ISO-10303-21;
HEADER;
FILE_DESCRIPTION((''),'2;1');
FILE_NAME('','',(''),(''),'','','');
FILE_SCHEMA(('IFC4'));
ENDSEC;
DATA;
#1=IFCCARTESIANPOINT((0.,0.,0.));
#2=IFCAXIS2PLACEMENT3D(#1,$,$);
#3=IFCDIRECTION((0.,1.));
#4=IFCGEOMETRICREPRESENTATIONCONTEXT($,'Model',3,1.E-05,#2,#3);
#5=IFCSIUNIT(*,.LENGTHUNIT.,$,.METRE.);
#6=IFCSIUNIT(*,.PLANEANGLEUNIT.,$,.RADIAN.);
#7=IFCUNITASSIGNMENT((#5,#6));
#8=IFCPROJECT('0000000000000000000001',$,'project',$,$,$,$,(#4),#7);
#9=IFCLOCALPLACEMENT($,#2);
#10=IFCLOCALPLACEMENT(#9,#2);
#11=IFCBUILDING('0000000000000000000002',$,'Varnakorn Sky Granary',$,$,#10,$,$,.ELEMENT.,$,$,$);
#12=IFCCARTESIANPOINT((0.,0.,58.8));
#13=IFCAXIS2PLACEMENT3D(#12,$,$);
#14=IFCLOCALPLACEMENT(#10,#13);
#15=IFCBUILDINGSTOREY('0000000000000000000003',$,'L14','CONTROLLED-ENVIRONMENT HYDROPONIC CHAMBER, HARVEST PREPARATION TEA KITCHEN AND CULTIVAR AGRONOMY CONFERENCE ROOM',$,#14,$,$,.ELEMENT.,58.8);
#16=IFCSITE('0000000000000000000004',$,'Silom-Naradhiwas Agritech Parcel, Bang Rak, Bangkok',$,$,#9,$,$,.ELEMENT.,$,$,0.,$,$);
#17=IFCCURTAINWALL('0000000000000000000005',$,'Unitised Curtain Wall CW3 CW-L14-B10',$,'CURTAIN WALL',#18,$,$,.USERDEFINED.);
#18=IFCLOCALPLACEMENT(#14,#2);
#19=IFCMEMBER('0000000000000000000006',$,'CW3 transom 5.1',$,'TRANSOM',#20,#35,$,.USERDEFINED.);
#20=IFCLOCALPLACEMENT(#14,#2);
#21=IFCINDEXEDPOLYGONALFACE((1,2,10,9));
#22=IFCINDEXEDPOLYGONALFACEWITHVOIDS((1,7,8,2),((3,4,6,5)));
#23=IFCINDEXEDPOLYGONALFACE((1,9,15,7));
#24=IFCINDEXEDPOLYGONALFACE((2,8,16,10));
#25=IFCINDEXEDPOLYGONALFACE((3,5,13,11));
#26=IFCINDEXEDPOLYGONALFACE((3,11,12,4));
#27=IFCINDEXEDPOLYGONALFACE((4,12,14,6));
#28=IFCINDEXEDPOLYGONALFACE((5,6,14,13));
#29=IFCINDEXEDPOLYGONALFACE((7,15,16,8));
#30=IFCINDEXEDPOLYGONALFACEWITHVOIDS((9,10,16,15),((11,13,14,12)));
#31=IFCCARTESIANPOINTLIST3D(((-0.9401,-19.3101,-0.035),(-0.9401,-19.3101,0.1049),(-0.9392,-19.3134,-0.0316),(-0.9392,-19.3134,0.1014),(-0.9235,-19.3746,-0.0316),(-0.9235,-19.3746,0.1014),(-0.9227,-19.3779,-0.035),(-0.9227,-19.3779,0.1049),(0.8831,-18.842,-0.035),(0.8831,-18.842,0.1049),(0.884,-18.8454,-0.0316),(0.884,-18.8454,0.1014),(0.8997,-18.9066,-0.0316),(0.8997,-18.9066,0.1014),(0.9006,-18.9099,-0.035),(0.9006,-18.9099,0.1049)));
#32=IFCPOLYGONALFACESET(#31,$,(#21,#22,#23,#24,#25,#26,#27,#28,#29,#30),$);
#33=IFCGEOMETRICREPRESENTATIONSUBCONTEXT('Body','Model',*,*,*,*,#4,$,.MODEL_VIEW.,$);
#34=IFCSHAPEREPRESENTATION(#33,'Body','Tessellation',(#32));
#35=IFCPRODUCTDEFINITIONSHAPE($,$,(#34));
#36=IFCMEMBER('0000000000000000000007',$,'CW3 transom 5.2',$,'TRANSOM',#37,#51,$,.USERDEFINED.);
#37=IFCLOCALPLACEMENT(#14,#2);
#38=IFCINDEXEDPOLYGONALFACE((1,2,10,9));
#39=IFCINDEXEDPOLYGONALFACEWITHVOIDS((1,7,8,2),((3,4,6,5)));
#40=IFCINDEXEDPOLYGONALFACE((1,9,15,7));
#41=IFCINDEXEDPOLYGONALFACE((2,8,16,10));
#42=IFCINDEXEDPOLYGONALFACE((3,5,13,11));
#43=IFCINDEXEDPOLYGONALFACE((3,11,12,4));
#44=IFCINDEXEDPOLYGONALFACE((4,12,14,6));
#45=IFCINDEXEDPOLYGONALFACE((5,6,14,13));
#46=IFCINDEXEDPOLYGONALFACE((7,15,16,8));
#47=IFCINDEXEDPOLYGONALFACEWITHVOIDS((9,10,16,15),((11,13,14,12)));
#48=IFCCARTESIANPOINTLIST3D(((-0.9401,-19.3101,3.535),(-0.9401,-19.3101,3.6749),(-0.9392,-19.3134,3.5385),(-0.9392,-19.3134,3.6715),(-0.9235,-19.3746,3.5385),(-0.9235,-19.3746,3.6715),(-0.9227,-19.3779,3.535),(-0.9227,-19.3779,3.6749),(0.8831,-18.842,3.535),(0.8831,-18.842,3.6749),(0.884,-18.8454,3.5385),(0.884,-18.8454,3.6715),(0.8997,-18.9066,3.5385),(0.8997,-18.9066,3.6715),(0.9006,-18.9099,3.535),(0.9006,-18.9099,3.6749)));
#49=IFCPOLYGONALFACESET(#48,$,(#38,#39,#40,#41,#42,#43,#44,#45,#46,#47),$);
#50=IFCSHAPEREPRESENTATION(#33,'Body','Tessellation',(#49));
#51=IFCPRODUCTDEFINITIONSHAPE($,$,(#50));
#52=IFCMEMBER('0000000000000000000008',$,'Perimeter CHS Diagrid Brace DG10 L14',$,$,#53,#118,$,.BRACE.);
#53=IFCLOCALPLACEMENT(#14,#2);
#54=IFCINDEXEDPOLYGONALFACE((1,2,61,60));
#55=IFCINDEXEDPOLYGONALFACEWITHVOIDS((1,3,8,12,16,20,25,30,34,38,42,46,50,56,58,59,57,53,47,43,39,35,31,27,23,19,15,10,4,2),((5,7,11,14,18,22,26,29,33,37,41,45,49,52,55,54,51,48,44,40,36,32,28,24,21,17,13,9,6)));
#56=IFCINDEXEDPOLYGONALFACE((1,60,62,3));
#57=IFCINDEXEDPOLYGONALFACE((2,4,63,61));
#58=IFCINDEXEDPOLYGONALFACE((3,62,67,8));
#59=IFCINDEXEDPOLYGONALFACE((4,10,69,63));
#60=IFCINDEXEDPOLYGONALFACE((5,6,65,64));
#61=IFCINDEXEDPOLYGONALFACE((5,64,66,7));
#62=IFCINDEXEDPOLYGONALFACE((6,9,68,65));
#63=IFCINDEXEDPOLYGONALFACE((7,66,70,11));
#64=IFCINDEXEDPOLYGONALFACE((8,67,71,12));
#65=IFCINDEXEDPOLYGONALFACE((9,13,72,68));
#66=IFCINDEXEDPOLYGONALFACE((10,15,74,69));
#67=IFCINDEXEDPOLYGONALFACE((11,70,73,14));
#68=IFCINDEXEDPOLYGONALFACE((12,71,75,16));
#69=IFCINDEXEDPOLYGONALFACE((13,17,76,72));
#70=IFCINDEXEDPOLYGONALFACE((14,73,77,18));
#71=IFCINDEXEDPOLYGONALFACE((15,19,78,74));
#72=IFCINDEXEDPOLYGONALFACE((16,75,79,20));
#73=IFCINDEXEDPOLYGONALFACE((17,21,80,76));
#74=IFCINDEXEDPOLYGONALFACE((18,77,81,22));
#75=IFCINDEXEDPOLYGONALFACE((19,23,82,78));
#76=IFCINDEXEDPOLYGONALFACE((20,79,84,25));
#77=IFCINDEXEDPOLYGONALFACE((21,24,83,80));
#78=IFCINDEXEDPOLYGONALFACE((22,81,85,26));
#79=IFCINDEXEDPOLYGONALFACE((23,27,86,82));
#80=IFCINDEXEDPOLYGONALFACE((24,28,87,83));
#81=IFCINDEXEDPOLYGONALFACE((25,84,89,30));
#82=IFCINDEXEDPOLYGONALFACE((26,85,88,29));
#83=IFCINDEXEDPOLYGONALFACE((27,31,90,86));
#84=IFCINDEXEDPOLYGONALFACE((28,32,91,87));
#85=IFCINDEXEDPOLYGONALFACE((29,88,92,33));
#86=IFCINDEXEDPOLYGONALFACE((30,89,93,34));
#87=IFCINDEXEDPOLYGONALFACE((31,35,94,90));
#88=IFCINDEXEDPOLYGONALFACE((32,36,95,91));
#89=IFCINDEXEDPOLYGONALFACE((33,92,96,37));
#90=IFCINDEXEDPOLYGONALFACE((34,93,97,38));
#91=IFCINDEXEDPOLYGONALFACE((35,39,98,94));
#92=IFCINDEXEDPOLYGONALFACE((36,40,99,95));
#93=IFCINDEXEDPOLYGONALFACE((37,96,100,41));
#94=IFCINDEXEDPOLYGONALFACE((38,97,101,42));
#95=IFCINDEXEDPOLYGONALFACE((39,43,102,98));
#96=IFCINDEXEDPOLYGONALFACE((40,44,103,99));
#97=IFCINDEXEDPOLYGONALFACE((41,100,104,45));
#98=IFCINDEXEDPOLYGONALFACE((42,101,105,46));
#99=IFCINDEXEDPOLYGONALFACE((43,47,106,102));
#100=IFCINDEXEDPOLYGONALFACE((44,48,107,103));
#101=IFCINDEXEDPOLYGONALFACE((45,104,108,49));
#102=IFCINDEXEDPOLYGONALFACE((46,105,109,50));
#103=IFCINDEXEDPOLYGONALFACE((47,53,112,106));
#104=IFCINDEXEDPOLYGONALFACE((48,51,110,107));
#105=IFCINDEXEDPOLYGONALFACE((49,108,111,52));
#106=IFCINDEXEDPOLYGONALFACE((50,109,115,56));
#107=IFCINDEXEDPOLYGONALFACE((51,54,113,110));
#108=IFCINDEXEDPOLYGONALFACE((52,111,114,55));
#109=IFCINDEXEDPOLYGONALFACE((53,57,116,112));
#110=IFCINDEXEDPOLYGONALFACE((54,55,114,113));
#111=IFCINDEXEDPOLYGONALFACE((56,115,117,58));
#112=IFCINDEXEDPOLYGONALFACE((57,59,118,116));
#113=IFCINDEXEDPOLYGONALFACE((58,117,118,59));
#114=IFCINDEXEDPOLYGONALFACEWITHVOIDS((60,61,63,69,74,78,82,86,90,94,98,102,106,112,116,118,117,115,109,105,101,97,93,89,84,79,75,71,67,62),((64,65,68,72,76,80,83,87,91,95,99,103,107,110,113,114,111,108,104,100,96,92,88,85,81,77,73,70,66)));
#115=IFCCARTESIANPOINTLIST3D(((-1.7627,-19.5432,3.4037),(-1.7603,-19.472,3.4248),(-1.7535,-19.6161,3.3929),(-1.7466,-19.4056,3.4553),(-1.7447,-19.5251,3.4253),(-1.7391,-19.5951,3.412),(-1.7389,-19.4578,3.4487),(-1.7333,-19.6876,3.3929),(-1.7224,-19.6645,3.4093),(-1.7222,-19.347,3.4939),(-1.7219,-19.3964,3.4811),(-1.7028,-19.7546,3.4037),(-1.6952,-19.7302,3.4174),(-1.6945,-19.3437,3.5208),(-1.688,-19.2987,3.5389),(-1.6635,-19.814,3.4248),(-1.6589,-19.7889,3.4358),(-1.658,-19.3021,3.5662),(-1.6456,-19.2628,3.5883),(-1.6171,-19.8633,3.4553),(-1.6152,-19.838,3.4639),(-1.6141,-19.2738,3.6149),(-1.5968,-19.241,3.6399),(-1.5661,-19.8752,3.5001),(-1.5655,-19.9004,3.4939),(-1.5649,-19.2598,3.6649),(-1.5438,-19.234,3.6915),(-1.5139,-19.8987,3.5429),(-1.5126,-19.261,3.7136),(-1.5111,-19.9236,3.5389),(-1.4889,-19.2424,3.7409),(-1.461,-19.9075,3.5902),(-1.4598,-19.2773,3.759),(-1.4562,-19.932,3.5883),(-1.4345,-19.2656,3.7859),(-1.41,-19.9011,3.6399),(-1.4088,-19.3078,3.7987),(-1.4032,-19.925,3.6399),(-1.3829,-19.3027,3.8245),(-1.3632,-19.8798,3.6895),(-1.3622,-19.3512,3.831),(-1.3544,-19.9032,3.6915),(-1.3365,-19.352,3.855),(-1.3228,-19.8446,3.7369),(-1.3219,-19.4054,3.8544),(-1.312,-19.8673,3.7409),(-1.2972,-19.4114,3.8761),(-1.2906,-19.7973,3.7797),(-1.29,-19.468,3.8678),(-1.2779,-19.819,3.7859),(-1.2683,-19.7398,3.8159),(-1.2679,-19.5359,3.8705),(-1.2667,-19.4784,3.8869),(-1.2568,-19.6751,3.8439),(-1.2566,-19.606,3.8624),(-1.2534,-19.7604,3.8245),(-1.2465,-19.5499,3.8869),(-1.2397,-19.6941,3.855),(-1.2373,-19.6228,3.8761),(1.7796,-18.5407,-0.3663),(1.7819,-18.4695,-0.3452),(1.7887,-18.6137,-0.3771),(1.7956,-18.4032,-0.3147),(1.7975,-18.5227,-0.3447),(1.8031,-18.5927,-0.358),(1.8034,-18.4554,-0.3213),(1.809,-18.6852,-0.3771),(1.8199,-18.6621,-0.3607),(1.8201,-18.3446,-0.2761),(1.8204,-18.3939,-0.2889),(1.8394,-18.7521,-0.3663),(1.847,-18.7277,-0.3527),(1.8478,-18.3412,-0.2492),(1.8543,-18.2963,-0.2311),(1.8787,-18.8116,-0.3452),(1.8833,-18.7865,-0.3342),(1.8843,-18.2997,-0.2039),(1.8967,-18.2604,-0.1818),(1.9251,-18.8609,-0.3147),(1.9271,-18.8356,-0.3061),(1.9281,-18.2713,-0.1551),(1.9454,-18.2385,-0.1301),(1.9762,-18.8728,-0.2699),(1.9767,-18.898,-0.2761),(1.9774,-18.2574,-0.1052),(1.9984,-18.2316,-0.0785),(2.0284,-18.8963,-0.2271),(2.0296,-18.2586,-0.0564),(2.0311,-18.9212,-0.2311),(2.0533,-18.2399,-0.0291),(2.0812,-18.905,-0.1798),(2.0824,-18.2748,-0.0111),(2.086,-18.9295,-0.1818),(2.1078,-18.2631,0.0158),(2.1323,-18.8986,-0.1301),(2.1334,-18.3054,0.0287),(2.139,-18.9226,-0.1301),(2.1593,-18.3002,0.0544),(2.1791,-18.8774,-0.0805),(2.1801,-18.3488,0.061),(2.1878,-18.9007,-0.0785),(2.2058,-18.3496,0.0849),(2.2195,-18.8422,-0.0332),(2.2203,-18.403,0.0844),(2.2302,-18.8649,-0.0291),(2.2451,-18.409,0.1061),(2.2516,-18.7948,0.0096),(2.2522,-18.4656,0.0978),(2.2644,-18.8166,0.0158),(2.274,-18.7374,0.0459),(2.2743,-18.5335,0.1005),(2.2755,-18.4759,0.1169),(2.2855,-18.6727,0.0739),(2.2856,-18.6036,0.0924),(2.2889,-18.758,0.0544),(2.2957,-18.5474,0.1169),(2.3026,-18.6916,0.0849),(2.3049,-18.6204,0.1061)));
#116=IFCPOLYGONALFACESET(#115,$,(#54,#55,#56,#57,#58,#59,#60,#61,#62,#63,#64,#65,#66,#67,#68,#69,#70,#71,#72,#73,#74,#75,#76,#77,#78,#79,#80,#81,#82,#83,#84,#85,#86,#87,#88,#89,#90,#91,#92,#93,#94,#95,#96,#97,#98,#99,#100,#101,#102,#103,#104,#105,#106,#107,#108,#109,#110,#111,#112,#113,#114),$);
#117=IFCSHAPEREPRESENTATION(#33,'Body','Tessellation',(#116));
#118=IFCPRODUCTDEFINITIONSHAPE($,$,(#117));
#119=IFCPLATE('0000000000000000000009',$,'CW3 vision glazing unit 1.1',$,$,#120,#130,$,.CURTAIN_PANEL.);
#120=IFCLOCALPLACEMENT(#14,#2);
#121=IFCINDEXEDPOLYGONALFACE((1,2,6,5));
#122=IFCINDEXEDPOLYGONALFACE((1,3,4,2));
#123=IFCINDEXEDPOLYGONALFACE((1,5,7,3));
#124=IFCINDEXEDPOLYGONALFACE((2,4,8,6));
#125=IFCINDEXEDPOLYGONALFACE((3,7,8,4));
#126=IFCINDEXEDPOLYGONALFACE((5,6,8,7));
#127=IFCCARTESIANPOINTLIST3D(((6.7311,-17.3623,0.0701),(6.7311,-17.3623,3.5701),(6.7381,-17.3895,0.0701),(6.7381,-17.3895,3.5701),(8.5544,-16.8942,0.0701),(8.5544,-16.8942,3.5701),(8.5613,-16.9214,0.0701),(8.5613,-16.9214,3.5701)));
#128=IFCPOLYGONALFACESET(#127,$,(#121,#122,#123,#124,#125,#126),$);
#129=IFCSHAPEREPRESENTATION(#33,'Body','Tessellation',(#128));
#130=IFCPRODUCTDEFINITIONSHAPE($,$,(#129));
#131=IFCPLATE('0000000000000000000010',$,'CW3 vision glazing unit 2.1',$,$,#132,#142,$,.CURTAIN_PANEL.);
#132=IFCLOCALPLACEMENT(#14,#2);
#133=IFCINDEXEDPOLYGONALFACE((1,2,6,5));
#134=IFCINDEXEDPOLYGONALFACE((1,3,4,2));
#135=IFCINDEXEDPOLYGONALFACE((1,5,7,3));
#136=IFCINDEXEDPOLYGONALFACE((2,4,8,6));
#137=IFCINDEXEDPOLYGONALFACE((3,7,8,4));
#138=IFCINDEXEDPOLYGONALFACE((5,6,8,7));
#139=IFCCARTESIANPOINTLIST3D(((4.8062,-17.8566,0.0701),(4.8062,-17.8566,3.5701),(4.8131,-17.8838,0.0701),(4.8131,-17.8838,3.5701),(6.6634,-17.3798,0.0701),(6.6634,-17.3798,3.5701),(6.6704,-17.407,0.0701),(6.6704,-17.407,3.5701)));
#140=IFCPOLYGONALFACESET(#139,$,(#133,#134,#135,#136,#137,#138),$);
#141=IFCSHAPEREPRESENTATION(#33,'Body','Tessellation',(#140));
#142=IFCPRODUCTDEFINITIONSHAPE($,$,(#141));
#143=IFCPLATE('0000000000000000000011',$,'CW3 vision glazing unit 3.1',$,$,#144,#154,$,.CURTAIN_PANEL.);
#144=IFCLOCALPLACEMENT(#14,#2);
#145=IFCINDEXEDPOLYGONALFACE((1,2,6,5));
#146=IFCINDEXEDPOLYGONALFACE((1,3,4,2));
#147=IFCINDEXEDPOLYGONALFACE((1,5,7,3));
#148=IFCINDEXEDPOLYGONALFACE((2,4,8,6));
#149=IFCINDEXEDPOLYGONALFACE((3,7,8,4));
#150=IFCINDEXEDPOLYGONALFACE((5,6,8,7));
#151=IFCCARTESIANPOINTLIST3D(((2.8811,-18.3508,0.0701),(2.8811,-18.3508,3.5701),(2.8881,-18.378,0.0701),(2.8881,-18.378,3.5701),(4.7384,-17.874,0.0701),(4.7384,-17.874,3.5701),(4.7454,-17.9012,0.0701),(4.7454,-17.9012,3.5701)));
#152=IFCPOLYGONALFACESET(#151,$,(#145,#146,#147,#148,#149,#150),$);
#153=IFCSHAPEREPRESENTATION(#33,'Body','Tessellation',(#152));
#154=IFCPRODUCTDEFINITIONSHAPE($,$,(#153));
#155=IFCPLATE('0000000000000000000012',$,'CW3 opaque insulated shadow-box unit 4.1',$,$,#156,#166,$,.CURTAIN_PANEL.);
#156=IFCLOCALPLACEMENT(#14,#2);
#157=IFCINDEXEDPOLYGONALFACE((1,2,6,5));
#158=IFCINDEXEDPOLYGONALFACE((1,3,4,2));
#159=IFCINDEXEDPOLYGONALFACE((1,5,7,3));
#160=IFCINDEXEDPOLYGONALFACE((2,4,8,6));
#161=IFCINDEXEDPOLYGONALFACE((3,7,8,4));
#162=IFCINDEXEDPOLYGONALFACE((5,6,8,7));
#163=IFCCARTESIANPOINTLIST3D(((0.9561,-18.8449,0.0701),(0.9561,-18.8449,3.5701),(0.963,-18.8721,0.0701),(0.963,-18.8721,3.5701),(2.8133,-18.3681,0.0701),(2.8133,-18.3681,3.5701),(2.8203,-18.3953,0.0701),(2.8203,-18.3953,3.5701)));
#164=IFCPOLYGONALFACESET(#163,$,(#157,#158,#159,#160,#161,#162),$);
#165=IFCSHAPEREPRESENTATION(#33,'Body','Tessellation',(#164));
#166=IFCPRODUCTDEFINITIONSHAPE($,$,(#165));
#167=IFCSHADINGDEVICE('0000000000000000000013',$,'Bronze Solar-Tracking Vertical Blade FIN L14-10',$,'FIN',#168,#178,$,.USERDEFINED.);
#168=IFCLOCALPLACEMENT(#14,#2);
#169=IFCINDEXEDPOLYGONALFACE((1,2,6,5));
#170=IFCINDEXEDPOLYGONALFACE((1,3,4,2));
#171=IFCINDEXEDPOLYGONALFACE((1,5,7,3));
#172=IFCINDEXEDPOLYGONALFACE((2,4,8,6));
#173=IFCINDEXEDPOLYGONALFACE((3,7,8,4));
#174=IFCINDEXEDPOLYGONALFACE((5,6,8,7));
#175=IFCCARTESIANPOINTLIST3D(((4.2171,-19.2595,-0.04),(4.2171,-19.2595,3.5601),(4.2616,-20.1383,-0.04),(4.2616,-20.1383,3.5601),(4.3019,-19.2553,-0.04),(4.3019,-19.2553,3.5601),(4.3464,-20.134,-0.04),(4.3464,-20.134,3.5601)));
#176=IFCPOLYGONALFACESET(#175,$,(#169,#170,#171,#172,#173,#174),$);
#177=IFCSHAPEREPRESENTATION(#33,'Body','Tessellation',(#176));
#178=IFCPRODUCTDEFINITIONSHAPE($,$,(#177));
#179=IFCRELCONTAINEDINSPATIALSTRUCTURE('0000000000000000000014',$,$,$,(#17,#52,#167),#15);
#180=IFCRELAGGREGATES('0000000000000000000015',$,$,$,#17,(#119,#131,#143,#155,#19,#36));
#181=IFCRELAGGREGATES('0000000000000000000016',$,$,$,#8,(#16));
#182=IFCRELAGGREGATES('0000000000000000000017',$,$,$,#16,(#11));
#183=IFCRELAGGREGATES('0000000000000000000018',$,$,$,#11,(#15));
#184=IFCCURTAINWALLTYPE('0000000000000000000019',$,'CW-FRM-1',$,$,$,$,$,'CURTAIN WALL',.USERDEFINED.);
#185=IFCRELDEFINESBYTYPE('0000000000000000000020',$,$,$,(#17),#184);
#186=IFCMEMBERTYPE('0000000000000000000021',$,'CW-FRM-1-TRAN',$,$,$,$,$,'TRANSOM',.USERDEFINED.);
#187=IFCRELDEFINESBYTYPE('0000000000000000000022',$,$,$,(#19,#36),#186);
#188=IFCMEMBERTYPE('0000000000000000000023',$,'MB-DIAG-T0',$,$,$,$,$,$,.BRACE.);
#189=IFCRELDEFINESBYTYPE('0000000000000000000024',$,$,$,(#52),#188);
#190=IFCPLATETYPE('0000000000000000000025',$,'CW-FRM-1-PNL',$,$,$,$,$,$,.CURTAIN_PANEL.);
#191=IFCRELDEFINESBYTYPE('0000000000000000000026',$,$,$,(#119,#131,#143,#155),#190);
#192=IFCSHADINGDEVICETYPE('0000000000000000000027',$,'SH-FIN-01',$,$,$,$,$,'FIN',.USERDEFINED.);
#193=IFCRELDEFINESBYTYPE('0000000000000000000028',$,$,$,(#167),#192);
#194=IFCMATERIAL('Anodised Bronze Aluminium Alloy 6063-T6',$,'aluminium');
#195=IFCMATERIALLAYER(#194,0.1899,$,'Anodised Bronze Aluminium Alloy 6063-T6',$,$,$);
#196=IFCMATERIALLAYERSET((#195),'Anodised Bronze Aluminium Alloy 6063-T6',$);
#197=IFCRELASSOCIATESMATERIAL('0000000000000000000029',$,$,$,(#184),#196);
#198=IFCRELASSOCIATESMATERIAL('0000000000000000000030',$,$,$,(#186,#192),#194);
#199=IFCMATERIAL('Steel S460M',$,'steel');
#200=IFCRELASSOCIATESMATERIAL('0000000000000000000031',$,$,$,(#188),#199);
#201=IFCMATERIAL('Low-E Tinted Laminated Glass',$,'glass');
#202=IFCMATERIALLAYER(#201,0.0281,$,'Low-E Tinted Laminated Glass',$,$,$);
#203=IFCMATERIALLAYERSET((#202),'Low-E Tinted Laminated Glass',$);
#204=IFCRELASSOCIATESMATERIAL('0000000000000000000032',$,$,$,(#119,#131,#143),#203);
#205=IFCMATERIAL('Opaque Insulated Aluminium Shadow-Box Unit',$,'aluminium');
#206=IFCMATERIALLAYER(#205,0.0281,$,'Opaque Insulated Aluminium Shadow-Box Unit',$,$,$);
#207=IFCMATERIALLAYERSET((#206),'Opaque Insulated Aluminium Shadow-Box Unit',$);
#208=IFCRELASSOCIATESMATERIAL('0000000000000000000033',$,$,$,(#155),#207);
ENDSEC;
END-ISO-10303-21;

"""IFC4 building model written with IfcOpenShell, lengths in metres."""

from ifc_helpers import new_model, si_unit, direction, frame, origin, origin_2d, place, context, subcontext, project, spatial, rectangle, hollow_rectangle, hollow_circle, extrude, source, transform, mapped, material, layer, layer_set, material_profile, profile_set, type_object, type_shapes, element, aggregate, save


model = new_model("IFC4")

# Units and contexts
model_context = context("Model", 3, precision=1e-05, world=origin(), true_north=direction((0.0, 1.0)))
body_context = subcontext(model_context, "Body", "Model", "MODEL_VIEW")
ifc_project = project(units=[si_unit("LENGTHUNIT", "METRE"), si_unit("PLANEANGLEUNIT", "RADIAN")], contexts=[model_context])

# Site, building, storey
site_placement = place(None, origin())
site = spatial("IfcSite", under=ifc_project, at=site_placement, Name="Silom-Naradhiwas Agritech Parcel, Bang Rak, Bangkok", CompositionType="ELEMENT", RefElevation=0.0)
building_placement = place(site_placement, origin())
building = spatial("IfcBuilding", under=site, at=building_placement, Name="Varnakorn Sky Granary", CompositionType="ELEMENT")
storey_placement = place(building_placement, frame((0.0, 0.0, 58.8)))
storey = spatial("IfcBuildingStorey", under=building, at=storey_placement, Name="L14", Description="CONTROLLED-ENVIRONMENT HYDROPONIC CHAMBER, HARVEST PREPARATION TEA KITCHEN AND CULTIVAR AGRONOMY CONFERENCE ROOM", CompositionType="ELEMENT", Elevation=58.8)

# Curtain wall, members
ifc_material_1 = material(Name="Anodised Bronze Aluminium Alloy 6063-T6", Category="aluminium")
ifc_layer_1 = layer(ifc_material_1, 0.1899, Name="Anodised Bronze Aluminium Alloy 6063-T6")
ifc_layer_set_1 = layer_set([ifc_layer_1], Name="Anodised Bronze Aluminium Alloy 6063-T6")
curtain_wall_type = type_object("IfcCurtainWallType", Name="CW-FRM-1", ElementType="CURTAIN WALL", PredefinedType="USERDEFINED", material=ifc_layer_set_1)
curtain_wall_placement = place(storey_placement, origin())
curtain_wall = element("IfcCurtainWall", 1, at=curtain_wall_placement, inside=storey, type_object=curtain_wall_type, Name="Unitised Curtain Wall CW3 CW-L14-B10", ObjectType="CURTAIN WALL", PredefinedType="USERDEFINED")
ifc_material_profile_1 = material_profile(ifc_material_1, hollow_rectangle(XDim=0.0701, YDim=0.1399, WallThickness=0.0034, at=origin_2d()), Name="ALU TRAN 70x140")
ifc_profile_set_1 = profile_set([ifc_material_profile_1], Name="Anodised Bronze Aluminium Alloy 6063-T6")
member_type_1 = type_object("IfcMemberType", Name="CW-FRM-1-TRAN", ElementType="TRANSOM", PredefinedType="USERDEFINED", material=ifc_profile_set_1)
member_1_placement = place(storey_placement, frame((0.8918, -18.876, 0.0349), z_axis=(-0.968597, -0.248634, 0.0), x_axis=(0.248634, -0.968597, 0.0)))
member_1 = element("IfcMember", 2, at=member_1_placement, type_object=member_type_1, Name="CW3 transom 5.1", ObjectType="TRANSOM", PredefinedType="USERDEFINED", context=body_context, shape_type="SweptSolid", body=[
    extrude(hollow_rectangle(XDim=0.0701, YDim=0.1399, WallThickness=0.0034, at=origin_2d()), origin(), (0.0, 0.0, 1.0), 1.8823),
])
member_2_placement = place(storey_placement, frame((0.8918, -18.876, 3.605), z_axis=(-0.968597, -0.248634, 0.0), x_axis=(0.248634, -0.968597, 0.0)))
member_2 = element("IfcMember", 3, at=member_2_placement, type_object=member_type_1, Name="CW3 transom 5.2", ObjectType="TRANSOM", PredefinedType="USERDEFINED", context=body_context, shape_type="SweptSolid", body=[
    extrude(hollow_rectangle(XDim=0.0701, YDim=0.1399, WallThickness=0.0034, at=origin_2d()), origin(), (0.0, 0.0, 1.0), 1.8823),
])

# Member
ifc_material_2 = material(Name="Steel S460M", Category="steel")
ifc_material_profile_2 = material_profile(ifc_material_2, hollow_circle(Radius=0.3555, WallThickness=0.0249, at=origin_2d()), Name="CHS 711x25")
ifc_profile_set_2 = profile_set([ifc_material_profile_2], Name="Steel S460M")
member_type_2 = type_object("IfcMemberType", Name="MB-DIAG-T0", PredefinedType="BRACE", material=ifc_profile_set_2)
member_3_placement = place(storey_placement, frame((2.0422, -18.5806, -0.1301), z_axis=(-0.672242, -0.190242, 0.715471), x_axis=(0.272303, -0.962212, 0.0)))
element("IfcMember", 4, at=member_3_placement, inside=storey, type_object=member_type_2, Name="Perimeter CHS Diagrid Brace DG10 L14", PredefinedType="BRACE", context=body_context, shape_type="SweptSolid", body=[
    extrude(hollow_circle(Radius=0.3555, WallThickness=0.0249, at=origin_2d()), origin(), (0.0, 0.0, 1.0), 5.2693),
])

# Plates
ifc_material_3 = material(Name="Low-E Tinted Laminated Glass", Category="glass")
ifc_layer_2 = layer(ifc_material_3, 0.0281, Name="Low-E Tinted Laminated Glass")
ifc_layer_set_2 = layer_set([ifc_layer_2], Name="Low-E Tinted Laminated Glass")
plate_type = type_object("IfcPlateType", Name="CW-FRM-1-PNL", PredefinedType="CURTAIN_PANEL")
shared_shape_1 = source(origin(), body_context, "Body", "SweptSolid", [
    extrude(rectangle(XDim=1.8823, YDim=0.0281, at=origin_2d()), origin(), (0.0, 0.0, 1.0), 3.5),
])
plate_1_placement = place(storey_placement, frame((7.6462, -17.1418, 0.0701), z_axis=(0.0, 0.0, 1.0), x_axis=(-0.968592, -0.248656, 0.0)))
plate_1 = element("IfcPlate", 5, at=plate_1_placement, type_object=plate_type, material=ifc_layer_set_2, Name="CW3 vision glazing unit 1.1", PredefinedType="CURTAIN_PANEL", context=body_context, shape_type="MappedRepresentation", body=[
    mapped(shared_shape_1, transform((0.0, 0.0, 0.0), x_axis=(1.0, 0.0, 0.0), y_axis=(0.0, 1.0, 0.0), z_axis=(0.0, 0.0, 1.0), scale=1.0)),
])
shared_shape_2 = source(origin(), body_context, "Body", "SweptSolid", [
    extrude(rectangle(XDim=1.9175, YDim=0.0281, at=origin_2d()), origin(), (0.0, 0.0, 1.0), 3.5),
])
type_shapes(plate_type, [shared_shape_1, shared_shape_2])
plate_2_placement = place(storey_placement, frame((5.7383, -17.6318, 0.0701), z_axis=(0.0, 0.0, 1.0), x_axis=(-0.968592, -0.248656, 0.0)))
plate_2 = element("IfcPlate", 6, at=plate_2_placement, type_object=plate_type, material=ifc_layer_set_2, Name="CW3 vision glazing unit 2.1", PredefinedType="CURTAIN_PANEL", context=body_context, shape_type="MappedRepresentation", body=[
    mapped(shared_shape_2, transform((0.0, 0.0, 0.0), x_axis=(1.0, 0.0, 0.0), y_axis=(0.0, 1.0, 0.0), z_axis=(0.0, 0.0, 1.0), scale=1.0)),
])
plate_3_placement = place(storey_placement, frame((3.8132, -18.126, 0.0701), z_axis=(0.0, 0.0, 1.0), x_axis=(-0.968592, -0.248656, 0.0)))
plate_3 = element("IfcPlate", 7, at=plate_3_placement, type_object=plate_type, material=ifc_layer_set_2, Name="CW3 vision glazing unit 3.1", PredefinedType="CURTAIN_PANEL", context=body_context, shape_type="MappedRepresentation", body=[
    mapped(shared_shape_2, transform((0.0, 0.0, 0.0), x_axis=(1.0, 0.0, 0.0), y_axis=(0.0, 1.0, 0.0), z_axis=(0.0, 0.0, 1.0), scale=1.0)),
])
ifc_material_4 = material(Name="Opaque Insulated Aluminium Shadow-Box Unit", Category="aluminium")
ifc_layer_3 = layer(ifc_material_4, 0.0281, Name="Opaque Insulated Aluminium Shadow-Box Unit")
ifc_layer_set_3 = layer_set([ifc_layer_3], Name="Opaque Insulated Aluminium Shadow-Box Unit")
plate_4_placement = place(storey_placement, frame((1.8882, -18.6201, 0.0701), z_axis=(0.0, 0.0, 1.0), x_axis=(-0.968592, -0.248656, 0.0)))
plate_4 = element("IfcPlate", 8, at=plate_4_placement, type_object=plate_type, material=ifc_layer_set_3, Name="CW3 opaque insulated shadow-box unit 4.1", PredefinedType="CURTAIN_PANEL", context=body_context, shape_type="MappedRepresentation", body=[
    mapped(shared_shape_2, transform((0.0, 0.0, 0.0), x_axis=(1.0, 0.0, 0.0), y_axis=(0.0, 1.0, 0.0), z_axis=(0.0, 0.0, 1.0), scale=1.0)),
])
aggregate(curtain_wall, [plate_1, plate_2, plate_3, plate_4, member_1, member_2])

# Shading device
shading_device_type = type_object("IfcShadingDeviceType", Name="SH-FIN-01", ElementType="FIN", PredefinedType="USERDEFINED", material=ifc_material_1)
shared_shape_3 = source(origin(), body_context, "Body", "SweptSolid", [
    extrude(rectangle(XDim=0.085, YDim=0.8799, at=origin_2d()), origin(), (0.0, 0.0, 1.0), 3.6001),
])
type_shapes(shading_device_type, [shared_shape_3])
shading_device_placement = place(storey_placement, frame((4.2817, -19.6968, -0.04), z_axis=(0.0, 0.0, 1.0), x_axis=(0.998722, 0.05055, 0.0)))
element("IfcShadingDevice", 9, at=shading_device_placement, inside=storey, type_object=shading_device_type, Name="Bronze Solar-Tracking Vertical Blade FIN L14-10", ObjectType="FIN", PredefinedType="USERDEFINED", context=body_context, shape_type="MappedRepresentation", body=[
    mapped(shared_shape_3, transform((0.0, 0.0, 0.0), x_axis=(1.0, 0.0, 0.0), y_axis=(0.0, 1.0, 0.0), z_axis=(0.0, 0.0, 1.0), scale=1.0)),
])

save(model, "model.ifc")
